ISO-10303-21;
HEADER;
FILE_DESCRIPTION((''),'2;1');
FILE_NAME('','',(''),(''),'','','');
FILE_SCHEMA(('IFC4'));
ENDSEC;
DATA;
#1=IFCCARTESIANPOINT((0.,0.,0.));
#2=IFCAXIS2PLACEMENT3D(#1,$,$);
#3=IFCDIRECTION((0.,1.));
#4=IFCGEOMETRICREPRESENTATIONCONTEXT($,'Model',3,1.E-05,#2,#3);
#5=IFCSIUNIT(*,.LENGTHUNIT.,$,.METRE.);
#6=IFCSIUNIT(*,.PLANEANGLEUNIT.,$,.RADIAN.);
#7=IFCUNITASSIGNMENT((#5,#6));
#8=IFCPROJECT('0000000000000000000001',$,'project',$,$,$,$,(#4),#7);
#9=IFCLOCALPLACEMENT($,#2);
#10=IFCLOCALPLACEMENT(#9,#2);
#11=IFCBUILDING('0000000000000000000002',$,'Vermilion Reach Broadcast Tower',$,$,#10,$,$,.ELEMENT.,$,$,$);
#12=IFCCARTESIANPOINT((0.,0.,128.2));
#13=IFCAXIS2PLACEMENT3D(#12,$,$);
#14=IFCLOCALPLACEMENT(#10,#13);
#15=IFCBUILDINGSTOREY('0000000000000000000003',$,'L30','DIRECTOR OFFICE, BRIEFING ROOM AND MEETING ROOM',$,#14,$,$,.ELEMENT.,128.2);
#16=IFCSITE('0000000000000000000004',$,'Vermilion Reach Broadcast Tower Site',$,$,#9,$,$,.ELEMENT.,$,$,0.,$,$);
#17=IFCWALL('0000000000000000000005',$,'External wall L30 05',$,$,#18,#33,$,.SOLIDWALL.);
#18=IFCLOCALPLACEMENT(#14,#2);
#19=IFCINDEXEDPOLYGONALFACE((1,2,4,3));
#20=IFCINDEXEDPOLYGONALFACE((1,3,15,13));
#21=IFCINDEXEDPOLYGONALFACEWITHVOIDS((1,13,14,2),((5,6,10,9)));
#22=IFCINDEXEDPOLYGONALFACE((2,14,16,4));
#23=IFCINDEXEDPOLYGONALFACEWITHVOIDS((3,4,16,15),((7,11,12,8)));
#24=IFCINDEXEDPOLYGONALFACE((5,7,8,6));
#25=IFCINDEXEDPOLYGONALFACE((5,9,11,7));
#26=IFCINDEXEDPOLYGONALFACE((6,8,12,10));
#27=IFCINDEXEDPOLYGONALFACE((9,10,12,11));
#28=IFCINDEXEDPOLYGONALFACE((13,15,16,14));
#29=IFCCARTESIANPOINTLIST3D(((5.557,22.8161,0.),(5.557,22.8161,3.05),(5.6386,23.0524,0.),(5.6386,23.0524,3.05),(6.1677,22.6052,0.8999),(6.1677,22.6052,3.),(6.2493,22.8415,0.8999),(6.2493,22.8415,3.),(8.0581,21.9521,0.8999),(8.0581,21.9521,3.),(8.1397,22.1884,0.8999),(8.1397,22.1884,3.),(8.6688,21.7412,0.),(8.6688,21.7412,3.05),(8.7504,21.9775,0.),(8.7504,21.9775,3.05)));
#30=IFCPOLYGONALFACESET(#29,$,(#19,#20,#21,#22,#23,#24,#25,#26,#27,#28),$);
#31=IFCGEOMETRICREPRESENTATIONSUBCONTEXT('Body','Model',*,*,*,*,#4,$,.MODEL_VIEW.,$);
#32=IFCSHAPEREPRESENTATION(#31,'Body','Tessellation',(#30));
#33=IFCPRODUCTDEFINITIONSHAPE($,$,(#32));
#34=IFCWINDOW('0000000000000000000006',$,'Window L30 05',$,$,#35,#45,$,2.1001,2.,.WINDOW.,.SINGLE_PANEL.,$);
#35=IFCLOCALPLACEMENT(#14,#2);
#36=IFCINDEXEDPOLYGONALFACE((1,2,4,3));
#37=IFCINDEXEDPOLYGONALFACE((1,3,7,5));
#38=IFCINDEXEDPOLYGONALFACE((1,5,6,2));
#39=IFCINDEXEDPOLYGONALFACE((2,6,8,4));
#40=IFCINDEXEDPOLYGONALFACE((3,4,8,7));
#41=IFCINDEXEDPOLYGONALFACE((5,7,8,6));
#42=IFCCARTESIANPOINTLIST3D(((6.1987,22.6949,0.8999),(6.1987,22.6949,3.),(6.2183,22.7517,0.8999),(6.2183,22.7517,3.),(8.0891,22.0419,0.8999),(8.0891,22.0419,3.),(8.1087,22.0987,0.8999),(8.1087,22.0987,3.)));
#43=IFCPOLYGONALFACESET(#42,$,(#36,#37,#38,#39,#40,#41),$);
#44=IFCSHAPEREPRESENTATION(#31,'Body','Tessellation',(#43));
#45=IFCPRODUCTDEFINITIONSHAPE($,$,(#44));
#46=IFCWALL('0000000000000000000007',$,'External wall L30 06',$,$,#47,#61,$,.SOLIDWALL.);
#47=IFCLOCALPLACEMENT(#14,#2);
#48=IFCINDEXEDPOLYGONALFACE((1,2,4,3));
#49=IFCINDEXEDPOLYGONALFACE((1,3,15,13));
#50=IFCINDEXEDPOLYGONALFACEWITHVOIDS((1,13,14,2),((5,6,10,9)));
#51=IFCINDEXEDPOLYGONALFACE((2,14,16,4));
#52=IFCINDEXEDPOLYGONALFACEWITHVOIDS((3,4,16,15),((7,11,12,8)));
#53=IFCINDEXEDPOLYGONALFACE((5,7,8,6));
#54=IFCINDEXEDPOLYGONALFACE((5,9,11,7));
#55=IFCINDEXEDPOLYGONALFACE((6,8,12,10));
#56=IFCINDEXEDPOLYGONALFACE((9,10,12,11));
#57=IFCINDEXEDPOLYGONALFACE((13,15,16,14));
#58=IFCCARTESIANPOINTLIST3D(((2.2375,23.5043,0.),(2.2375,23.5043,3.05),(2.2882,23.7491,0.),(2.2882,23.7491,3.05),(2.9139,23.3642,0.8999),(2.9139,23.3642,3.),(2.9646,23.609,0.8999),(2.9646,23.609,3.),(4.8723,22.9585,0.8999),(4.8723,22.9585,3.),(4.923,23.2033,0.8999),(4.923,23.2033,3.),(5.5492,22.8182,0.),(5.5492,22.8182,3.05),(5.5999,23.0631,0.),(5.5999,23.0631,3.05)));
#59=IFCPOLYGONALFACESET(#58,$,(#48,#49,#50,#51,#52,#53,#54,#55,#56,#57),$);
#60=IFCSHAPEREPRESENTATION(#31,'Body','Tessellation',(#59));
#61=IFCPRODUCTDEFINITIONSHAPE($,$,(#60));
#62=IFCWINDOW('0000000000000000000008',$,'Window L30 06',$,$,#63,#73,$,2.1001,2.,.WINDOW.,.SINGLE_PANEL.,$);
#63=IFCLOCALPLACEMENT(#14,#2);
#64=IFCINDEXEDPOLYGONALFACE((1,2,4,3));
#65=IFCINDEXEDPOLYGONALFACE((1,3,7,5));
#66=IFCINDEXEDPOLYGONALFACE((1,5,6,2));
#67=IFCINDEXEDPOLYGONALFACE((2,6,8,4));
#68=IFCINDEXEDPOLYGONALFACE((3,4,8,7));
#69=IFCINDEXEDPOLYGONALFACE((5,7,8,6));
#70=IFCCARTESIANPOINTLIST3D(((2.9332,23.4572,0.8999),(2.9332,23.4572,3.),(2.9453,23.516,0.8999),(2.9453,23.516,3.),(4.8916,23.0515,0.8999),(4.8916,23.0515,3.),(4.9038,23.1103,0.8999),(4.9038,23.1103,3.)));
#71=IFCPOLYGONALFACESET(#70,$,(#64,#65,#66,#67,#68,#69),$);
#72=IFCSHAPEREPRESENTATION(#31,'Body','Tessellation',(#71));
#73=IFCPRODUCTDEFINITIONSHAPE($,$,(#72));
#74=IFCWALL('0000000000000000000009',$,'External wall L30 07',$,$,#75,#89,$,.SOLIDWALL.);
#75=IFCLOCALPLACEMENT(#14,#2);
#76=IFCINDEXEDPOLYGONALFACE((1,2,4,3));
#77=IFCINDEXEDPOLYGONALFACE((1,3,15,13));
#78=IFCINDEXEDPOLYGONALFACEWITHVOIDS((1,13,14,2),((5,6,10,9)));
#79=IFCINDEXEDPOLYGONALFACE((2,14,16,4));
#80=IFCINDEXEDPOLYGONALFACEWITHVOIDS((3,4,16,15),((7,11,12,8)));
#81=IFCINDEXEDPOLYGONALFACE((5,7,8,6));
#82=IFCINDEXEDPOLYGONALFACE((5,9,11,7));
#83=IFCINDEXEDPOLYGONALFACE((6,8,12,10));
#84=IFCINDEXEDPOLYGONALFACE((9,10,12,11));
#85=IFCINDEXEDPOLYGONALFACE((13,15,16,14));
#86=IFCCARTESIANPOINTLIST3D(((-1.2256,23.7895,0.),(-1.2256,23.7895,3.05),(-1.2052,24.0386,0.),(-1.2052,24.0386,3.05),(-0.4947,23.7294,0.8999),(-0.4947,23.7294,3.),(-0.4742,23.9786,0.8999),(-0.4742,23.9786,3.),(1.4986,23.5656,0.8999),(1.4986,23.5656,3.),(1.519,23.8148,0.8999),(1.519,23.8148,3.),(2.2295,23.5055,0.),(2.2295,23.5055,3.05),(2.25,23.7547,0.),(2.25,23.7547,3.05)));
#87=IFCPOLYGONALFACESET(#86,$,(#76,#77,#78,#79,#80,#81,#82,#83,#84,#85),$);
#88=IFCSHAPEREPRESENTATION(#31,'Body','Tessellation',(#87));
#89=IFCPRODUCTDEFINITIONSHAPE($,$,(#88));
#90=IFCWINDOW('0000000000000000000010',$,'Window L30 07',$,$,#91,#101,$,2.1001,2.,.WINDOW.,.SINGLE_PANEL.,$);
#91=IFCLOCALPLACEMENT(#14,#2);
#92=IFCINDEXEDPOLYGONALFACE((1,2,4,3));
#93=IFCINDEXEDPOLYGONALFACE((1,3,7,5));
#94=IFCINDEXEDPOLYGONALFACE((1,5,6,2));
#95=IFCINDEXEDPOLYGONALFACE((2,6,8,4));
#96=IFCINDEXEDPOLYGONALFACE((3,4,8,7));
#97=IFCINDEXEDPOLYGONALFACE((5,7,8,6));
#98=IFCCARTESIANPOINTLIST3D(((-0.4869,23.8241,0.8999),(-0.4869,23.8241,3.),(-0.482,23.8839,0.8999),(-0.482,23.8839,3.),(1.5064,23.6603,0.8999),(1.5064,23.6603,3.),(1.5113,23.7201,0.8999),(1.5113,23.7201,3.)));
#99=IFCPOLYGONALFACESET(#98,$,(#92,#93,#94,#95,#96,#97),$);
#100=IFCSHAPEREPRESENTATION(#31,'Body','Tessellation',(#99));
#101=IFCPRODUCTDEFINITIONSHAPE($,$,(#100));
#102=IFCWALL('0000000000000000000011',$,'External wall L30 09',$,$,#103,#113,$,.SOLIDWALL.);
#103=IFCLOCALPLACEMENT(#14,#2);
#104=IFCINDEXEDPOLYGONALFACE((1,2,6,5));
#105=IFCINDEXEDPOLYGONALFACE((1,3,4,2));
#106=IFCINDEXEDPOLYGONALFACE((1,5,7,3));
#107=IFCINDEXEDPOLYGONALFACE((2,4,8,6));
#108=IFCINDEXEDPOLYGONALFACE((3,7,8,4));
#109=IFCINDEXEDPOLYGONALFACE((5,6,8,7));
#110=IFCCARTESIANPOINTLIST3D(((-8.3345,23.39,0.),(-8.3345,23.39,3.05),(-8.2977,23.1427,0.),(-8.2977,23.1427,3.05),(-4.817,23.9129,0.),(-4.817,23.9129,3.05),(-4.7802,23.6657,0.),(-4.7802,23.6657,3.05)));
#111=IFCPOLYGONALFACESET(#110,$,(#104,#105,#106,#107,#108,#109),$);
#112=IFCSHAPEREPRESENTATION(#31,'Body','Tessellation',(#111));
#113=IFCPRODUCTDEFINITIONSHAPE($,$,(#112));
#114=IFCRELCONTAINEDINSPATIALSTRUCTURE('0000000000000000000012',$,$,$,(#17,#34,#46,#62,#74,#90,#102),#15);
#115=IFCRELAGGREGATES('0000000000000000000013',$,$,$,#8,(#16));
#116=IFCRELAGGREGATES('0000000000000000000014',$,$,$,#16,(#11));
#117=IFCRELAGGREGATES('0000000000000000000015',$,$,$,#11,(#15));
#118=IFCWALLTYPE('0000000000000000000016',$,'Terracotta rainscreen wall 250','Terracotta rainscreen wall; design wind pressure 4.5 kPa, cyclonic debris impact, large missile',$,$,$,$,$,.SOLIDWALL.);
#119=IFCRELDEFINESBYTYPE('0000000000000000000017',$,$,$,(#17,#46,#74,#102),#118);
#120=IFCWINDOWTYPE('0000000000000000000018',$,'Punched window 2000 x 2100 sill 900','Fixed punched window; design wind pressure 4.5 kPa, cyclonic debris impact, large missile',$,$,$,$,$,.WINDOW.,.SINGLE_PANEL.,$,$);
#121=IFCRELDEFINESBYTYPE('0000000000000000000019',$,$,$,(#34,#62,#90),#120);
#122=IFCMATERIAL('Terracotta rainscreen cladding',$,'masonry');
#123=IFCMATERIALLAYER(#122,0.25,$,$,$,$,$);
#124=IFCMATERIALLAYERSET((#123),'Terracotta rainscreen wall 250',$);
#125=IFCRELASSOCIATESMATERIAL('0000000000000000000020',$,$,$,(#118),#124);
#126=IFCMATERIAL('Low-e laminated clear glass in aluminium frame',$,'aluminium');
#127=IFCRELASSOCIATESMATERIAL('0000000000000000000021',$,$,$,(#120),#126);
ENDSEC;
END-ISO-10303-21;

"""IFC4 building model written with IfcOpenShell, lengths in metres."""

from ifc_helpers import new_model, si_unit, direction, frame, frame_2d, origin, place, context, subcontext, project, spatial, rectangle, extrude, material, layer, layer_set, type_object, element, fill, save


model = new_model("IFC4")

# Units and contexts
model_context = context("Model", 3, precision=1e-05, world=origin(), true_north=direction((0.0, 1.0)))
body_context = subcontext(model_context, "Body", "Model", "MODEL_VIEW")
ifc_project = project(units=[si_unit("LENGTHUNIT", "METRE"), si_unit("PLANEANGLEUNIT", "RADIAN")], contexts=[model_context])

# Site, building, storey
site_placement = place(None, origin())
site = spatial("IfcSite", under=ifc_project, at=site_placement, Name="Vermilion Reach Broadcast Tower Site", CompositionType="ELEMENT", RefElevation=0.0)
building_placement = place(site_placement, origin())
building = spatial("IfcBuilding", under=site, at=building_placement, Name="Vermilion Reach Broadcast Tower", CompositionType="ELEMENT")
storey_placement = place(building_placement, frame((0.0, 0.0, 128.2)))
storey = spatial("IfcBuildingStorey", under=building, at=storey_placement, Name="L30", Description="DIRECTOR OFFICE, BRIEFING ROOM AND MEETING ROOM", CompositionType="ELEMENT", Elevation=128.2)

# Walls, openings, windows
ifc_material_1 = material(Name="Terracotta rainscreen cladding", Category="masonry")
ifc_layer_1 = layer(ifc_material_1, 0.25)
ifc_layer_set_1 = layer_set([ifc_layer_1], Name="Terracotta rainscreen wall 250")
wall_type_1 = type_object("IfcWallType", Name="Terracotta rainscreen wall 250", Description="Terracotta rainscreen wall; design wind pressure 4.5 kPa, cyclonic debris impact, large missile", PredefinedType="SOLIDWALL", material=ifc_layer_set_1)
wall_1_placement = place(storey_placement, frame((8.7095, 21.8594, 0.0), z_axis=(0.0, 0.0, 1.0), x_axis=(-0.945194, 0.326509, 0.0)))
wall_1 = element("IfcWall", 1, at=wall_1_placement, inside=storey, type_object=wall_type_1, Name="External wall L30 05", PredefinedType="SOLIDWALL", context=body_context, shape_type="SweptSolid", body=[
    extrude(rectangle(XDim=3.2922, YDim=0.25, at=frame_2d((1.646, 0.0))), origin(), (0.0, 0.0, 1.0), 3.05),
])
opening_1_placement = place(wall_1_placement, frame((0.646, 0.0, 0.8999)))
opening_1 = element("IfcOpeningElement", 2, at=opening_1_placement, cuts=wall_1, PredefinedType="OPENING", context=body_context, shape_type="SweptSolid", body=[
    extrude(rectangle(XDim=2.0, YDim=2.1001, at=frame_2d((1.0, 1.05))), frame((0.0, 0.135, 0.0), z_axis=(0.0, -1.0, 0.0), x_axis=(1.0, 0.0, 0.0)), (0.0, 0.0, 1.0), 0.27),
])
ifc_material_2 = material(Name="Low-e laminated clear glass in aluminium frame", Category="aluminium")
window_type = type_object("IfcWindowType", Name="Punched window 2000 x 2100 sill 900", Description="Fixed punched window; design wind pressure 4.5 kPa, cyclonic debris impact, large missile", PartitioningType="SINGLE_PANEL", PredefinedType="WINDOW", material=ifc_material_2)
window_1_placement = place(opening_1_placement, origin())
window_1 = element("IfcWindow", 3, at=window_1_placement, inside=storey, type_object=window_type, Name="Window L30 05", OverallHeight=2.1001, OverallWidth=2.0, PartitioningType="SINGLE_PANEL", PredefinedType="WINDOW", context=body_context, shape_type="SweptSolid", body=[
    extrude(rectangle(XDim=2.0, YDim=2.1001, at=frame_2d((1.0, 1.05))), frame((0.0, 0.03, 0.0), z_axis=(0.0, -1.0, 0.0), x_axis=(1.0, 0.0, 0.0)), (0.0, 0.0, 1.0), 0.0601),
])
fill(opening_1, window_1)
wall_2_placement = place(storey_placement, frame((5.5745, 22.9407, 0.0), z_axis=(0.0, 0.0, 1.0), x_axis=(-0.979211, 0.202844, 0.0)))
wall_2 = element("IfcWall", 4, at=wall_2_placement, inside=storey, type_object=wall_type_1, Name="External wall L30 06", PredefinedType="SOLIDWALL", context=body_context, shape_type="SweptSolid", body=[
    extrude(rectangle(XDim=3.3821, YDim=0.25, at=frame_2d((1.6909, 0.0))), origin(), (0.0, 0.0, 1.0), 3.05),
])
opening_2_placement = place(wall_2_placement, frame((0.6912, 0.0, 0.8999)))
opening_2 = element("IfcOpeningElement", 5, at=opening_2_placement, cuts=wall_2, PredefinedType="OPENING", context=body_context, shape_type="SweptSolid", body=[
    extrude(rectangle(XDim=2.0, YDim=2.1001, at=frame_2d((1.0, 1.05))), frame((0.0, 0.135, 0.0), z_axis=(0.0, -1.0, 0.0), x_axis=(1.0, 0.0, 0.0)), (0.0, 0.0, 1.0), 0.27),
])
window_2_placement = place(opening_2_placement, origin())
window_2 = element("IfcWindow", 6, at=window_2_placement, inside=storey, type_object=window_type, Name="Window L30 06", OverallHeight=2.1001, OverallWidth=2.0, PartitioningType="SINGLE_PANEL", PredefinedType="WINDOW", context=body_context, shape_type="SweptSolid", body=[
    extrude(rectangle(XDim=2.0, YDim=2.1001, at=frame_2d((1.0, 1.05))), frame((0.0, 0.03, 0.0), z_axis=(0.0, -1.0, 0.0), x_axis=(1.0, 0.0, 0.0)), (0.0, 0.0, 1.0), 0.0601),
])
fill(opening_2, window_2)
wall_3_placement = place(storey_placement, frame((2.2397, 23.6301, 0.0), z_axis=(0.0, 0.0, 1.0), x_axis=(-0.99664, 0.081903, 0.0)))
wall_3 = element("IfcWall", 7, at=wall_3_placement, inside=storey, type_object=wall_type_1, Name="External wall L30 07", PredefinedType="SOLIDWALL", context=body_context, shape_type="SweptSolid", body=[
    extrude(rectangle(XDim=3.4668, YDim=0.25, at=frame_2d((1.7334, 0.0))), origin(), (0.0, 0.0, 1.0), 3.05),
])
opening_3_placement = place(wall_3_placement, frame((0.7334, 0.0, 0.8999)))
opening_3 = element("IfcOpeningElement", 8, at=opening_3_placement, cuts=wall_3, PredefinedType="OPENING", context=body_context, shape_type="SweptSolid", body=[
    extrude(rectangle(XDim=2.0, YDim=2.1001, at=frame_2d((1.0, 1.05))), frame((0.0, 0.135, 0.0), z_axis=(0.0, -1.0, 0.0), x_axis=(1.0, 0.0, 0.0)), (0.0, 0.0, 1.0), 0.27),
])
window_3_placement = place(opening_3_placement, origin())
window_3 = element("IfcWindow", 9, at=window_3_placement, inside=storey, type_object=window_type, Name="Window L30 07", OverallHeight=2.1001, OverallWidth=2.0, PartitioningType="SINGLE_PANEL", PredefinedType="WINDOW", context=body_context, shape_type="SweptSolid", body=[
    extrude(rectangle(XDim=2.0, YDim=2.1001, at=frame_2d((1.0, 1.05))), frame((0.0, 0.03, 0.0), z_axis=(0.0, -1.0, 0.0), x_axis=(1.0, 0.0, 0.0)), (0.0, 0.0, 1.0), 0.0601),
])
fill(opening_3, window_3)

# Wall
wall_4_placement = place(storey_placement, frame((-4.7986, 23.7893, 0.0), z_axis=(0.0, 0.0, 1.0), x_axis=(-0.989129, -0.147051, 0.0)))
element("IfcWall", 10, at=wall_4_placement, inside=storey, type_object=wall_type_1, Name="External wall L30 09", PredefinedType="SOLIDWALL", context=body_context, shape_type="SweptSolid", body=[
    extrude(rectangle(XDim=3.5562, YDim=0.25, at=frame_2d((1.7781, 0.0))), origin(), (0.0, 0.0, 1.0), 3.05),
])

save(model, "model.ifc")
